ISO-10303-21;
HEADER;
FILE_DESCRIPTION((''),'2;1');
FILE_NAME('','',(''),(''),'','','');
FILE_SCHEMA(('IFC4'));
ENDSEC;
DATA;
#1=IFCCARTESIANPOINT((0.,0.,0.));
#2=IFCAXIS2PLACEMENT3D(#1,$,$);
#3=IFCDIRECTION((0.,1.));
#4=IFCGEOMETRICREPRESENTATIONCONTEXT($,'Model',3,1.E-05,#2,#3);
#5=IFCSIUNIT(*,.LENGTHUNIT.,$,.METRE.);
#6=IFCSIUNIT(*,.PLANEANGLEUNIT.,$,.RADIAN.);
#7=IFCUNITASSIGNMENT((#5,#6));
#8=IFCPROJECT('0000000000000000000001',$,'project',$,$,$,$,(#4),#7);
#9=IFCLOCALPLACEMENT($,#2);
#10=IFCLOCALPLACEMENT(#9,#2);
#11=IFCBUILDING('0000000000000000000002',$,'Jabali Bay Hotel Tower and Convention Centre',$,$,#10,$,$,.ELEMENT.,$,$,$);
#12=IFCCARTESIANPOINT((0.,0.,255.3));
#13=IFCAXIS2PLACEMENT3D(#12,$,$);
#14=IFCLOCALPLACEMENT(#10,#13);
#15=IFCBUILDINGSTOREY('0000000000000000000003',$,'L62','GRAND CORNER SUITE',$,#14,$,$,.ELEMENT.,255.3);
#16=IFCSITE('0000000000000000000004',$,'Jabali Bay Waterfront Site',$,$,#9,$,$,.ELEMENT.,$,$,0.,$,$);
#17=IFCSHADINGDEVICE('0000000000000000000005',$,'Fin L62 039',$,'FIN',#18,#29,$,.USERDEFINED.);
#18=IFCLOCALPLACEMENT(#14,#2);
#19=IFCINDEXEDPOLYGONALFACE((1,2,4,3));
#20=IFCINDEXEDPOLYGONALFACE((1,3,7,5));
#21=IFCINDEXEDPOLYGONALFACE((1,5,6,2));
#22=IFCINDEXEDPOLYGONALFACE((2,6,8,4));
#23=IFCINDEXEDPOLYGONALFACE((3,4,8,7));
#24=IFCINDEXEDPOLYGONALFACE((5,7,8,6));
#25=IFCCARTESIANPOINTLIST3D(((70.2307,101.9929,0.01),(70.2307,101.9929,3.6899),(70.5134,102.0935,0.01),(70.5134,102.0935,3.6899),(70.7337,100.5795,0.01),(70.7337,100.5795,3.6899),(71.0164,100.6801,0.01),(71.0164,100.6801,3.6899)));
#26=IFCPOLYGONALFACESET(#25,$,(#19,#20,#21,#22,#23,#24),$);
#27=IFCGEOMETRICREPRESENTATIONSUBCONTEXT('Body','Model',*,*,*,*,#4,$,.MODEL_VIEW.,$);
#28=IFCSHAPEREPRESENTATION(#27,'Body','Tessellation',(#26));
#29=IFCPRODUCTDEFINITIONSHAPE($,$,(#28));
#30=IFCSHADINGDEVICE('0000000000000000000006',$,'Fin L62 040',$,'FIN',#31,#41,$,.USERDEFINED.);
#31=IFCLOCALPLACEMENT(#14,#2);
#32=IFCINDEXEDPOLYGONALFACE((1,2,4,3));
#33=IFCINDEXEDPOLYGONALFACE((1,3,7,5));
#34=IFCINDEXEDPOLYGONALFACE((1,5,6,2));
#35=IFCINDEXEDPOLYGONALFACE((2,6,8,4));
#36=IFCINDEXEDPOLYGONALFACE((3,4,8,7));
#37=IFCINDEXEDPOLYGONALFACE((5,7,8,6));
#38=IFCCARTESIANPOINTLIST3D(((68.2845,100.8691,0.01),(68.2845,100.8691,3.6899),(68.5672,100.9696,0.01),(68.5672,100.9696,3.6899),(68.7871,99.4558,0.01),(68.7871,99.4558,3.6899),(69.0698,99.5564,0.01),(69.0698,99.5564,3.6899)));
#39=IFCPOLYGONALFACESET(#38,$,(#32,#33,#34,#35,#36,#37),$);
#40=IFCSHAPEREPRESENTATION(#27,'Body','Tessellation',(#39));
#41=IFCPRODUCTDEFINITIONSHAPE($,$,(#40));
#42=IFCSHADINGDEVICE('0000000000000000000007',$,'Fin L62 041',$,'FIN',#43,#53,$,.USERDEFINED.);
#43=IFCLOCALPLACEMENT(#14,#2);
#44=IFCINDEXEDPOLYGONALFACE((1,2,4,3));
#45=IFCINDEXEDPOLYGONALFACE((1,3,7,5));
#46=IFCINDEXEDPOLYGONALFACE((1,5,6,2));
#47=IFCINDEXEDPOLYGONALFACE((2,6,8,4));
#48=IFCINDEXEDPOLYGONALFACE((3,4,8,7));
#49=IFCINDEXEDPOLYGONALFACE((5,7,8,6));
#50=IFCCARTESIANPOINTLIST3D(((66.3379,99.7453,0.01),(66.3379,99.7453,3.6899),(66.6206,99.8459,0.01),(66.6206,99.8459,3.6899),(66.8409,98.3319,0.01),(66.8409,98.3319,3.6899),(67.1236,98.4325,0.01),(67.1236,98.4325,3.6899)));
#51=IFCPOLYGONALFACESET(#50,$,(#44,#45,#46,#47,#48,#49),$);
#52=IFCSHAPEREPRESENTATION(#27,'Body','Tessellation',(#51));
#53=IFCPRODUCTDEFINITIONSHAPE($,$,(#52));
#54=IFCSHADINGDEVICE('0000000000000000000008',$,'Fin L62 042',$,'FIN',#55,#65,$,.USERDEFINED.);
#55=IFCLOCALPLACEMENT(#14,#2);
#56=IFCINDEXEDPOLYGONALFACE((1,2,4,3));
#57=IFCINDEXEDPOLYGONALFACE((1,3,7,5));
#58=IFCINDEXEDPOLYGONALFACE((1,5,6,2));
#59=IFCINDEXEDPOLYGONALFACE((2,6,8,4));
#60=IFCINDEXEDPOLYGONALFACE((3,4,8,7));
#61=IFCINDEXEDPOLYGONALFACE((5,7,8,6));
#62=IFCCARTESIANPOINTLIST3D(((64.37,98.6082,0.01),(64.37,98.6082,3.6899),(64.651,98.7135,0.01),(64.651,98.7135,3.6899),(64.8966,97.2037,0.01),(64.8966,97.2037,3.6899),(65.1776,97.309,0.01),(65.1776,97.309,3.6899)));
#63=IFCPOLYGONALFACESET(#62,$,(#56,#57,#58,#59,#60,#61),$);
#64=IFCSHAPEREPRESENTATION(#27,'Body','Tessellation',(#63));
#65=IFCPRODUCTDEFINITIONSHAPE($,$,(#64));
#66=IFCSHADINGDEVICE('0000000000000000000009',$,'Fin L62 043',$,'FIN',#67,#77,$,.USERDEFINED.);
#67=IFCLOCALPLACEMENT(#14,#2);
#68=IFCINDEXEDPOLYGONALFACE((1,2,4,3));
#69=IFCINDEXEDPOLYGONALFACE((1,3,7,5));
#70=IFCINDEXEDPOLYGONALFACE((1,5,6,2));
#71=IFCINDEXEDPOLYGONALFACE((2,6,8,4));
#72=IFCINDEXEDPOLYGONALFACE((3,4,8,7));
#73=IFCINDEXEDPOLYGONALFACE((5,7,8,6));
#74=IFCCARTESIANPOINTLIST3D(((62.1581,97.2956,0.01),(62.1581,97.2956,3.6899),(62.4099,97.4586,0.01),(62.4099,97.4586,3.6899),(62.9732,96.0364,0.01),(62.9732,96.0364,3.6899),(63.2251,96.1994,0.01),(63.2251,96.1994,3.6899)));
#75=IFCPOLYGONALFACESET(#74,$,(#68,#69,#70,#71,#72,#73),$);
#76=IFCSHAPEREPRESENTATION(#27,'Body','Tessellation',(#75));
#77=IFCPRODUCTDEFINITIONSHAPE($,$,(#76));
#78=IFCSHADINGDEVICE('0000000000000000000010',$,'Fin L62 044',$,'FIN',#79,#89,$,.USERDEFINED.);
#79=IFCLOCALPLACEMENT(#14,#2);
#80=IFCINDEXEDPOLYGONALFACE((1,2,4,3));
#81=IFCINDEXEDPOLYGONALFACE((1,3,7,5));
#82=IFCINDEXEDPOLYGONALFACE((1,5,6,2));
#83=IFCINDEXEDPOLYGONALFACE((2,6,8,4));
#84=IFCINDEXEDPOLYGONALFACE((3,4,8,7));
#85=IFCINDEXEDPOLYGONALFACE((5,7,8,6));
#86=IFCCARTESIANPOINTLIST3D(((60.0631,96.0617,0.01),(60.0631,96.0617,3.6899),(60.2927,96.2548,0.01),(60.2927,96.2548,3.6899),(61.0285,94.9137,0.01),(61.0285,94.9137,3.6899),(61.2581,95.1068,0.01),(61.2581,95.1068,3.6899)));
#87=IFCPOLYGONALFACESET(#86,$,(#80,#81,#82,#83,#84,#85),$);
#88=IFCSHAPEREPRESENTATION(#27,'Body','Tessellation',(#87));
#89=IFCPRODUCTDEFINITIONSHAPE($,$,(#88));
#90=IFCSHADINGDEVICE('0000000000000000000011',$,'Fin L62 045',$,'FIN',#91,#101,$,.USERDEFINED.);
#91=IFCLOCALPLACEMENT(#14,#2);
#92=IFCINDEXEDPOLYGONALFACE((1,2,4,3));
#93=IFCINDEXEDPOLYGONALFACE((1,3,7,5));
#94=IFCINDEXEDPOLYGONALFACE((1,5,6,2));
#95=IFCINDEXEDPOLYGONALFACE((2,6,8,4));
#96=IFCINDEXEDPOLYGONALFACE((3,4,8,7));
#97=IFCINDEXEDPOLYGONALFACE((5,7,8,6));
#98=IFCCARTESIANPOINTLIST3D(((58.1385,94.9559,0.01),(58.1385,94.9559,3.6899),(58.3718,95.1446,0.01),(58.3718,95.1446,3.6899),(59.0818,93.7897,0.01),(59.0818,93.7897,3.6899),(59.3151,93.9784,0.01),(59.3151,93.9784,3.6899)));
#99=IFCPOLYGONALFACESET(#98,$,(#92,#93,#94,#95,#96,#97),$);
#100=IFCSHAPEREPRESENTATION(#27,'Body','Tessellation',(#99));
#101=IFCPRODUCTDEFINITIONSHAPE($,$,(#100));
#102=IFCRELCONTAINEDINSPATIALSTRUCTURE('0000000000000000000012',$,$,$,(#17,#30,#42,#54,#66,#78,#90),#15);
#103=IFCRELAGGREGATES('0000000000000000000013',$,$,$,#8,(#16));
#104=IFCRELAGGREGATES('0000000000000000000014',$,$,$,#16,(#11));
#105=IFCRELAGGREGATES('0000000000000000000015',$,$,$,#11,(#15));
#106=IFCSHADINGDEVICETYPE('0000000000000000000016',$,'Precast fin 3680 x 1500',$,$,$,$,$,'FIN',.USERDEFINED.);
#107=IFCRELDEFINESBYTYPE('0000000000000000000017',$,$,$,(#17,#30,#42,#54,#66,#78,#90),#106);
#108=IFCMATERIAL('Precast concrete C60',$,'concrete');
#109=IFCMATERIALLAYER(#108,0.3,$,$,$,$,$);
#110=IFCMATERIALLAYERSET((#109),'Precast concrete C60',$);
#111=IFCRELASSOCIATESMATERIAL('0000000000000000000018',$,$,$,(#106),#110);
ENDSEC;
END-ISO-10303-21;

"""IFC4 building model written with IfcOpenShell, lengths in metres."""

from ifc_helpers import new_model, si_unit, direction, frame, frame_2d, origin, place, context, subcontext, project, spatial, rectangle, extrude, material, layer, layer_set, type_object, element, save


model = new_model("IFC4")

# Units and contexts
model_context = context("Model", 3, precision=1e-05, world=origin(), true_north=direction((0.0, 1.0)))
body_context = subcontext(model_context, "Body", "Model", "MODEL_VIEW")
ifc_project = project(units=[si_unit("LENGTHUNIT", "METRE"), si_unit("PLANEANGLEUNIT", "RADIAN")], contexts=[model_context])

# Site, building, storey
site_placement = place(None, origin())
site = spatial("IfcSite", under=ifc_project, at=site_placement, Name="Jabali Bay Waterfront Site", CompositionType="ELEMENT", RefElevation=0.0)
building_placement = place(site_placement, origin())
building = spatial("IfcBuilding", under=site, at=building_placement, Name="Jabali Bay Hotel Tower and Convention Centre", CompositionType="ELEMENT")
storey_placement = place(building_placement, frame((0.0, 0.0, 255.3)))
storey = spatial("IfcBuildingStorey", under=building, at=storey_placement, Name="L62", Description="GRAND CORNER SUITE", CompositionType="ELEMENT", Elevation=255.3)

# Shading devices
ifc_material_1 = material(Name="Precast concrete C60", Category="concrete")
ifc_layer_1 = layer(ifc_material_1, 0.3)
ifc_layer_set_1 = layer_set([ifc_layer_1], Name="Precast concrete C60")
shading_device_type = type_object("IfcShadingDeviceType", Name="Precast fin 3680 x 1500", ElementType="FIN", PredefinedType="USERDEFINED", material=ifc_layer_set_1)
shading_device_1_placement = place(storey_placement, frame((70.875, 100.6299, 0.01), z_axis=(0.0, 0.0, 1.0), x_axis=(-0.335254, 0.942128, 0.0)))
element("IfcShadingDevice", 1, at=shading_device_1_placement, inside=storey, type_object=shading_device_type, Name="Fin L62 039", ObjectType="FIN", PredefinedType="USERDEFINED", context=body_context, shape_type="SweptSolid", body=[
    extrude(rectangle(XDim=1.5002, YDim=0.3, at=frame_2d((0.75, 0.0))), origin(), (0.0, 0.0, 1.0), 3.6799),
])
shading_device_2_placement = place(storey_placement, frame((68.9285, 99.5061, 0.01), z_axis=(0.0, 0.0, 1.0), x_axis=(-0.335109, 0.942179, 0.0)))
element("IfcShadingDevice", 2, at=shading_device_2_placement, inside=storey, type_object=shading_device_type, Name="Fin L62 040", ObjectType="FIN", PredefinedType="USERDEFINED", context=body_context, shape_type="SweptSolid", body=[
    extrude(rectangle(XDim=1.5, YDim=0.3, at=frame_2d((0.75, 0.0))), origin(), (0.0, 0.0, 1.0), 3.6799),
])
shading_device_3_placement = place(storey_placement, frame((66.9822, 98.3823, 0.01), z_axis=(0.0, 0.0, 1.0), x_axis=(-0.335254, 0.942128, 0.0)))
element("IfcShadingDevice", 3, at=shading_device_3_placement, inside=storey, type_object=shading_device_type, Name="Fin L62 041", ObjectType="FIN", PredefinedType="USERDEFINED", context=body_context, shape_type="SweptSolid", body=[
    extrude(rectangle(XDim=1.5002, YDim=0.3, at=frame_2d((0.75, 0.0))), origin(), (0.0, 0.0, 1.0), 3.6799),
])
for number, where, z_axis, x_axis, name in (
    (4, (65.0371, 97.2563, 0.01), (0.0, 0.0, 1.0), (-0.35107, 0.936349, 0.0), "Fin L62 042"),
    (5, (63.0991, 96.1179, 0.01), (0.0, 0.0, 1.0), (-0.54342, 0.839461, 0.0), "Fin L62 043"),
    (6, (61.1433, 95.0103, 0.01), (0.0, 0.0, 1.0), (-0.643604, 0.765358, 0.0), "Fin L62 044"),
    (7, (59.1985, 93.884, 0.01), (0.0, 0.0, 1.0), (-0.628894, 0.777491, 0.0), "Fin L62 045"),
):
    element("IfcShadingDevice", number, at=place(storey_placement, frame(where, z_axis=z_axis, x_axis=x_axis)), inside=storey, type_object=shading_device_type, Name=name, ObjectType="FIN", PredefinedType="USERDEFINED", context=body_context, shape_type="SweptSolid", body=[
        extrude(rectangle(XDim=1.5, YDim=0.3, at=frame_2d((0.75, 0.0))), origin(), (0.0, 0.0, 1.0), 3.6799),
    ])

save(model, "model.ifc")
